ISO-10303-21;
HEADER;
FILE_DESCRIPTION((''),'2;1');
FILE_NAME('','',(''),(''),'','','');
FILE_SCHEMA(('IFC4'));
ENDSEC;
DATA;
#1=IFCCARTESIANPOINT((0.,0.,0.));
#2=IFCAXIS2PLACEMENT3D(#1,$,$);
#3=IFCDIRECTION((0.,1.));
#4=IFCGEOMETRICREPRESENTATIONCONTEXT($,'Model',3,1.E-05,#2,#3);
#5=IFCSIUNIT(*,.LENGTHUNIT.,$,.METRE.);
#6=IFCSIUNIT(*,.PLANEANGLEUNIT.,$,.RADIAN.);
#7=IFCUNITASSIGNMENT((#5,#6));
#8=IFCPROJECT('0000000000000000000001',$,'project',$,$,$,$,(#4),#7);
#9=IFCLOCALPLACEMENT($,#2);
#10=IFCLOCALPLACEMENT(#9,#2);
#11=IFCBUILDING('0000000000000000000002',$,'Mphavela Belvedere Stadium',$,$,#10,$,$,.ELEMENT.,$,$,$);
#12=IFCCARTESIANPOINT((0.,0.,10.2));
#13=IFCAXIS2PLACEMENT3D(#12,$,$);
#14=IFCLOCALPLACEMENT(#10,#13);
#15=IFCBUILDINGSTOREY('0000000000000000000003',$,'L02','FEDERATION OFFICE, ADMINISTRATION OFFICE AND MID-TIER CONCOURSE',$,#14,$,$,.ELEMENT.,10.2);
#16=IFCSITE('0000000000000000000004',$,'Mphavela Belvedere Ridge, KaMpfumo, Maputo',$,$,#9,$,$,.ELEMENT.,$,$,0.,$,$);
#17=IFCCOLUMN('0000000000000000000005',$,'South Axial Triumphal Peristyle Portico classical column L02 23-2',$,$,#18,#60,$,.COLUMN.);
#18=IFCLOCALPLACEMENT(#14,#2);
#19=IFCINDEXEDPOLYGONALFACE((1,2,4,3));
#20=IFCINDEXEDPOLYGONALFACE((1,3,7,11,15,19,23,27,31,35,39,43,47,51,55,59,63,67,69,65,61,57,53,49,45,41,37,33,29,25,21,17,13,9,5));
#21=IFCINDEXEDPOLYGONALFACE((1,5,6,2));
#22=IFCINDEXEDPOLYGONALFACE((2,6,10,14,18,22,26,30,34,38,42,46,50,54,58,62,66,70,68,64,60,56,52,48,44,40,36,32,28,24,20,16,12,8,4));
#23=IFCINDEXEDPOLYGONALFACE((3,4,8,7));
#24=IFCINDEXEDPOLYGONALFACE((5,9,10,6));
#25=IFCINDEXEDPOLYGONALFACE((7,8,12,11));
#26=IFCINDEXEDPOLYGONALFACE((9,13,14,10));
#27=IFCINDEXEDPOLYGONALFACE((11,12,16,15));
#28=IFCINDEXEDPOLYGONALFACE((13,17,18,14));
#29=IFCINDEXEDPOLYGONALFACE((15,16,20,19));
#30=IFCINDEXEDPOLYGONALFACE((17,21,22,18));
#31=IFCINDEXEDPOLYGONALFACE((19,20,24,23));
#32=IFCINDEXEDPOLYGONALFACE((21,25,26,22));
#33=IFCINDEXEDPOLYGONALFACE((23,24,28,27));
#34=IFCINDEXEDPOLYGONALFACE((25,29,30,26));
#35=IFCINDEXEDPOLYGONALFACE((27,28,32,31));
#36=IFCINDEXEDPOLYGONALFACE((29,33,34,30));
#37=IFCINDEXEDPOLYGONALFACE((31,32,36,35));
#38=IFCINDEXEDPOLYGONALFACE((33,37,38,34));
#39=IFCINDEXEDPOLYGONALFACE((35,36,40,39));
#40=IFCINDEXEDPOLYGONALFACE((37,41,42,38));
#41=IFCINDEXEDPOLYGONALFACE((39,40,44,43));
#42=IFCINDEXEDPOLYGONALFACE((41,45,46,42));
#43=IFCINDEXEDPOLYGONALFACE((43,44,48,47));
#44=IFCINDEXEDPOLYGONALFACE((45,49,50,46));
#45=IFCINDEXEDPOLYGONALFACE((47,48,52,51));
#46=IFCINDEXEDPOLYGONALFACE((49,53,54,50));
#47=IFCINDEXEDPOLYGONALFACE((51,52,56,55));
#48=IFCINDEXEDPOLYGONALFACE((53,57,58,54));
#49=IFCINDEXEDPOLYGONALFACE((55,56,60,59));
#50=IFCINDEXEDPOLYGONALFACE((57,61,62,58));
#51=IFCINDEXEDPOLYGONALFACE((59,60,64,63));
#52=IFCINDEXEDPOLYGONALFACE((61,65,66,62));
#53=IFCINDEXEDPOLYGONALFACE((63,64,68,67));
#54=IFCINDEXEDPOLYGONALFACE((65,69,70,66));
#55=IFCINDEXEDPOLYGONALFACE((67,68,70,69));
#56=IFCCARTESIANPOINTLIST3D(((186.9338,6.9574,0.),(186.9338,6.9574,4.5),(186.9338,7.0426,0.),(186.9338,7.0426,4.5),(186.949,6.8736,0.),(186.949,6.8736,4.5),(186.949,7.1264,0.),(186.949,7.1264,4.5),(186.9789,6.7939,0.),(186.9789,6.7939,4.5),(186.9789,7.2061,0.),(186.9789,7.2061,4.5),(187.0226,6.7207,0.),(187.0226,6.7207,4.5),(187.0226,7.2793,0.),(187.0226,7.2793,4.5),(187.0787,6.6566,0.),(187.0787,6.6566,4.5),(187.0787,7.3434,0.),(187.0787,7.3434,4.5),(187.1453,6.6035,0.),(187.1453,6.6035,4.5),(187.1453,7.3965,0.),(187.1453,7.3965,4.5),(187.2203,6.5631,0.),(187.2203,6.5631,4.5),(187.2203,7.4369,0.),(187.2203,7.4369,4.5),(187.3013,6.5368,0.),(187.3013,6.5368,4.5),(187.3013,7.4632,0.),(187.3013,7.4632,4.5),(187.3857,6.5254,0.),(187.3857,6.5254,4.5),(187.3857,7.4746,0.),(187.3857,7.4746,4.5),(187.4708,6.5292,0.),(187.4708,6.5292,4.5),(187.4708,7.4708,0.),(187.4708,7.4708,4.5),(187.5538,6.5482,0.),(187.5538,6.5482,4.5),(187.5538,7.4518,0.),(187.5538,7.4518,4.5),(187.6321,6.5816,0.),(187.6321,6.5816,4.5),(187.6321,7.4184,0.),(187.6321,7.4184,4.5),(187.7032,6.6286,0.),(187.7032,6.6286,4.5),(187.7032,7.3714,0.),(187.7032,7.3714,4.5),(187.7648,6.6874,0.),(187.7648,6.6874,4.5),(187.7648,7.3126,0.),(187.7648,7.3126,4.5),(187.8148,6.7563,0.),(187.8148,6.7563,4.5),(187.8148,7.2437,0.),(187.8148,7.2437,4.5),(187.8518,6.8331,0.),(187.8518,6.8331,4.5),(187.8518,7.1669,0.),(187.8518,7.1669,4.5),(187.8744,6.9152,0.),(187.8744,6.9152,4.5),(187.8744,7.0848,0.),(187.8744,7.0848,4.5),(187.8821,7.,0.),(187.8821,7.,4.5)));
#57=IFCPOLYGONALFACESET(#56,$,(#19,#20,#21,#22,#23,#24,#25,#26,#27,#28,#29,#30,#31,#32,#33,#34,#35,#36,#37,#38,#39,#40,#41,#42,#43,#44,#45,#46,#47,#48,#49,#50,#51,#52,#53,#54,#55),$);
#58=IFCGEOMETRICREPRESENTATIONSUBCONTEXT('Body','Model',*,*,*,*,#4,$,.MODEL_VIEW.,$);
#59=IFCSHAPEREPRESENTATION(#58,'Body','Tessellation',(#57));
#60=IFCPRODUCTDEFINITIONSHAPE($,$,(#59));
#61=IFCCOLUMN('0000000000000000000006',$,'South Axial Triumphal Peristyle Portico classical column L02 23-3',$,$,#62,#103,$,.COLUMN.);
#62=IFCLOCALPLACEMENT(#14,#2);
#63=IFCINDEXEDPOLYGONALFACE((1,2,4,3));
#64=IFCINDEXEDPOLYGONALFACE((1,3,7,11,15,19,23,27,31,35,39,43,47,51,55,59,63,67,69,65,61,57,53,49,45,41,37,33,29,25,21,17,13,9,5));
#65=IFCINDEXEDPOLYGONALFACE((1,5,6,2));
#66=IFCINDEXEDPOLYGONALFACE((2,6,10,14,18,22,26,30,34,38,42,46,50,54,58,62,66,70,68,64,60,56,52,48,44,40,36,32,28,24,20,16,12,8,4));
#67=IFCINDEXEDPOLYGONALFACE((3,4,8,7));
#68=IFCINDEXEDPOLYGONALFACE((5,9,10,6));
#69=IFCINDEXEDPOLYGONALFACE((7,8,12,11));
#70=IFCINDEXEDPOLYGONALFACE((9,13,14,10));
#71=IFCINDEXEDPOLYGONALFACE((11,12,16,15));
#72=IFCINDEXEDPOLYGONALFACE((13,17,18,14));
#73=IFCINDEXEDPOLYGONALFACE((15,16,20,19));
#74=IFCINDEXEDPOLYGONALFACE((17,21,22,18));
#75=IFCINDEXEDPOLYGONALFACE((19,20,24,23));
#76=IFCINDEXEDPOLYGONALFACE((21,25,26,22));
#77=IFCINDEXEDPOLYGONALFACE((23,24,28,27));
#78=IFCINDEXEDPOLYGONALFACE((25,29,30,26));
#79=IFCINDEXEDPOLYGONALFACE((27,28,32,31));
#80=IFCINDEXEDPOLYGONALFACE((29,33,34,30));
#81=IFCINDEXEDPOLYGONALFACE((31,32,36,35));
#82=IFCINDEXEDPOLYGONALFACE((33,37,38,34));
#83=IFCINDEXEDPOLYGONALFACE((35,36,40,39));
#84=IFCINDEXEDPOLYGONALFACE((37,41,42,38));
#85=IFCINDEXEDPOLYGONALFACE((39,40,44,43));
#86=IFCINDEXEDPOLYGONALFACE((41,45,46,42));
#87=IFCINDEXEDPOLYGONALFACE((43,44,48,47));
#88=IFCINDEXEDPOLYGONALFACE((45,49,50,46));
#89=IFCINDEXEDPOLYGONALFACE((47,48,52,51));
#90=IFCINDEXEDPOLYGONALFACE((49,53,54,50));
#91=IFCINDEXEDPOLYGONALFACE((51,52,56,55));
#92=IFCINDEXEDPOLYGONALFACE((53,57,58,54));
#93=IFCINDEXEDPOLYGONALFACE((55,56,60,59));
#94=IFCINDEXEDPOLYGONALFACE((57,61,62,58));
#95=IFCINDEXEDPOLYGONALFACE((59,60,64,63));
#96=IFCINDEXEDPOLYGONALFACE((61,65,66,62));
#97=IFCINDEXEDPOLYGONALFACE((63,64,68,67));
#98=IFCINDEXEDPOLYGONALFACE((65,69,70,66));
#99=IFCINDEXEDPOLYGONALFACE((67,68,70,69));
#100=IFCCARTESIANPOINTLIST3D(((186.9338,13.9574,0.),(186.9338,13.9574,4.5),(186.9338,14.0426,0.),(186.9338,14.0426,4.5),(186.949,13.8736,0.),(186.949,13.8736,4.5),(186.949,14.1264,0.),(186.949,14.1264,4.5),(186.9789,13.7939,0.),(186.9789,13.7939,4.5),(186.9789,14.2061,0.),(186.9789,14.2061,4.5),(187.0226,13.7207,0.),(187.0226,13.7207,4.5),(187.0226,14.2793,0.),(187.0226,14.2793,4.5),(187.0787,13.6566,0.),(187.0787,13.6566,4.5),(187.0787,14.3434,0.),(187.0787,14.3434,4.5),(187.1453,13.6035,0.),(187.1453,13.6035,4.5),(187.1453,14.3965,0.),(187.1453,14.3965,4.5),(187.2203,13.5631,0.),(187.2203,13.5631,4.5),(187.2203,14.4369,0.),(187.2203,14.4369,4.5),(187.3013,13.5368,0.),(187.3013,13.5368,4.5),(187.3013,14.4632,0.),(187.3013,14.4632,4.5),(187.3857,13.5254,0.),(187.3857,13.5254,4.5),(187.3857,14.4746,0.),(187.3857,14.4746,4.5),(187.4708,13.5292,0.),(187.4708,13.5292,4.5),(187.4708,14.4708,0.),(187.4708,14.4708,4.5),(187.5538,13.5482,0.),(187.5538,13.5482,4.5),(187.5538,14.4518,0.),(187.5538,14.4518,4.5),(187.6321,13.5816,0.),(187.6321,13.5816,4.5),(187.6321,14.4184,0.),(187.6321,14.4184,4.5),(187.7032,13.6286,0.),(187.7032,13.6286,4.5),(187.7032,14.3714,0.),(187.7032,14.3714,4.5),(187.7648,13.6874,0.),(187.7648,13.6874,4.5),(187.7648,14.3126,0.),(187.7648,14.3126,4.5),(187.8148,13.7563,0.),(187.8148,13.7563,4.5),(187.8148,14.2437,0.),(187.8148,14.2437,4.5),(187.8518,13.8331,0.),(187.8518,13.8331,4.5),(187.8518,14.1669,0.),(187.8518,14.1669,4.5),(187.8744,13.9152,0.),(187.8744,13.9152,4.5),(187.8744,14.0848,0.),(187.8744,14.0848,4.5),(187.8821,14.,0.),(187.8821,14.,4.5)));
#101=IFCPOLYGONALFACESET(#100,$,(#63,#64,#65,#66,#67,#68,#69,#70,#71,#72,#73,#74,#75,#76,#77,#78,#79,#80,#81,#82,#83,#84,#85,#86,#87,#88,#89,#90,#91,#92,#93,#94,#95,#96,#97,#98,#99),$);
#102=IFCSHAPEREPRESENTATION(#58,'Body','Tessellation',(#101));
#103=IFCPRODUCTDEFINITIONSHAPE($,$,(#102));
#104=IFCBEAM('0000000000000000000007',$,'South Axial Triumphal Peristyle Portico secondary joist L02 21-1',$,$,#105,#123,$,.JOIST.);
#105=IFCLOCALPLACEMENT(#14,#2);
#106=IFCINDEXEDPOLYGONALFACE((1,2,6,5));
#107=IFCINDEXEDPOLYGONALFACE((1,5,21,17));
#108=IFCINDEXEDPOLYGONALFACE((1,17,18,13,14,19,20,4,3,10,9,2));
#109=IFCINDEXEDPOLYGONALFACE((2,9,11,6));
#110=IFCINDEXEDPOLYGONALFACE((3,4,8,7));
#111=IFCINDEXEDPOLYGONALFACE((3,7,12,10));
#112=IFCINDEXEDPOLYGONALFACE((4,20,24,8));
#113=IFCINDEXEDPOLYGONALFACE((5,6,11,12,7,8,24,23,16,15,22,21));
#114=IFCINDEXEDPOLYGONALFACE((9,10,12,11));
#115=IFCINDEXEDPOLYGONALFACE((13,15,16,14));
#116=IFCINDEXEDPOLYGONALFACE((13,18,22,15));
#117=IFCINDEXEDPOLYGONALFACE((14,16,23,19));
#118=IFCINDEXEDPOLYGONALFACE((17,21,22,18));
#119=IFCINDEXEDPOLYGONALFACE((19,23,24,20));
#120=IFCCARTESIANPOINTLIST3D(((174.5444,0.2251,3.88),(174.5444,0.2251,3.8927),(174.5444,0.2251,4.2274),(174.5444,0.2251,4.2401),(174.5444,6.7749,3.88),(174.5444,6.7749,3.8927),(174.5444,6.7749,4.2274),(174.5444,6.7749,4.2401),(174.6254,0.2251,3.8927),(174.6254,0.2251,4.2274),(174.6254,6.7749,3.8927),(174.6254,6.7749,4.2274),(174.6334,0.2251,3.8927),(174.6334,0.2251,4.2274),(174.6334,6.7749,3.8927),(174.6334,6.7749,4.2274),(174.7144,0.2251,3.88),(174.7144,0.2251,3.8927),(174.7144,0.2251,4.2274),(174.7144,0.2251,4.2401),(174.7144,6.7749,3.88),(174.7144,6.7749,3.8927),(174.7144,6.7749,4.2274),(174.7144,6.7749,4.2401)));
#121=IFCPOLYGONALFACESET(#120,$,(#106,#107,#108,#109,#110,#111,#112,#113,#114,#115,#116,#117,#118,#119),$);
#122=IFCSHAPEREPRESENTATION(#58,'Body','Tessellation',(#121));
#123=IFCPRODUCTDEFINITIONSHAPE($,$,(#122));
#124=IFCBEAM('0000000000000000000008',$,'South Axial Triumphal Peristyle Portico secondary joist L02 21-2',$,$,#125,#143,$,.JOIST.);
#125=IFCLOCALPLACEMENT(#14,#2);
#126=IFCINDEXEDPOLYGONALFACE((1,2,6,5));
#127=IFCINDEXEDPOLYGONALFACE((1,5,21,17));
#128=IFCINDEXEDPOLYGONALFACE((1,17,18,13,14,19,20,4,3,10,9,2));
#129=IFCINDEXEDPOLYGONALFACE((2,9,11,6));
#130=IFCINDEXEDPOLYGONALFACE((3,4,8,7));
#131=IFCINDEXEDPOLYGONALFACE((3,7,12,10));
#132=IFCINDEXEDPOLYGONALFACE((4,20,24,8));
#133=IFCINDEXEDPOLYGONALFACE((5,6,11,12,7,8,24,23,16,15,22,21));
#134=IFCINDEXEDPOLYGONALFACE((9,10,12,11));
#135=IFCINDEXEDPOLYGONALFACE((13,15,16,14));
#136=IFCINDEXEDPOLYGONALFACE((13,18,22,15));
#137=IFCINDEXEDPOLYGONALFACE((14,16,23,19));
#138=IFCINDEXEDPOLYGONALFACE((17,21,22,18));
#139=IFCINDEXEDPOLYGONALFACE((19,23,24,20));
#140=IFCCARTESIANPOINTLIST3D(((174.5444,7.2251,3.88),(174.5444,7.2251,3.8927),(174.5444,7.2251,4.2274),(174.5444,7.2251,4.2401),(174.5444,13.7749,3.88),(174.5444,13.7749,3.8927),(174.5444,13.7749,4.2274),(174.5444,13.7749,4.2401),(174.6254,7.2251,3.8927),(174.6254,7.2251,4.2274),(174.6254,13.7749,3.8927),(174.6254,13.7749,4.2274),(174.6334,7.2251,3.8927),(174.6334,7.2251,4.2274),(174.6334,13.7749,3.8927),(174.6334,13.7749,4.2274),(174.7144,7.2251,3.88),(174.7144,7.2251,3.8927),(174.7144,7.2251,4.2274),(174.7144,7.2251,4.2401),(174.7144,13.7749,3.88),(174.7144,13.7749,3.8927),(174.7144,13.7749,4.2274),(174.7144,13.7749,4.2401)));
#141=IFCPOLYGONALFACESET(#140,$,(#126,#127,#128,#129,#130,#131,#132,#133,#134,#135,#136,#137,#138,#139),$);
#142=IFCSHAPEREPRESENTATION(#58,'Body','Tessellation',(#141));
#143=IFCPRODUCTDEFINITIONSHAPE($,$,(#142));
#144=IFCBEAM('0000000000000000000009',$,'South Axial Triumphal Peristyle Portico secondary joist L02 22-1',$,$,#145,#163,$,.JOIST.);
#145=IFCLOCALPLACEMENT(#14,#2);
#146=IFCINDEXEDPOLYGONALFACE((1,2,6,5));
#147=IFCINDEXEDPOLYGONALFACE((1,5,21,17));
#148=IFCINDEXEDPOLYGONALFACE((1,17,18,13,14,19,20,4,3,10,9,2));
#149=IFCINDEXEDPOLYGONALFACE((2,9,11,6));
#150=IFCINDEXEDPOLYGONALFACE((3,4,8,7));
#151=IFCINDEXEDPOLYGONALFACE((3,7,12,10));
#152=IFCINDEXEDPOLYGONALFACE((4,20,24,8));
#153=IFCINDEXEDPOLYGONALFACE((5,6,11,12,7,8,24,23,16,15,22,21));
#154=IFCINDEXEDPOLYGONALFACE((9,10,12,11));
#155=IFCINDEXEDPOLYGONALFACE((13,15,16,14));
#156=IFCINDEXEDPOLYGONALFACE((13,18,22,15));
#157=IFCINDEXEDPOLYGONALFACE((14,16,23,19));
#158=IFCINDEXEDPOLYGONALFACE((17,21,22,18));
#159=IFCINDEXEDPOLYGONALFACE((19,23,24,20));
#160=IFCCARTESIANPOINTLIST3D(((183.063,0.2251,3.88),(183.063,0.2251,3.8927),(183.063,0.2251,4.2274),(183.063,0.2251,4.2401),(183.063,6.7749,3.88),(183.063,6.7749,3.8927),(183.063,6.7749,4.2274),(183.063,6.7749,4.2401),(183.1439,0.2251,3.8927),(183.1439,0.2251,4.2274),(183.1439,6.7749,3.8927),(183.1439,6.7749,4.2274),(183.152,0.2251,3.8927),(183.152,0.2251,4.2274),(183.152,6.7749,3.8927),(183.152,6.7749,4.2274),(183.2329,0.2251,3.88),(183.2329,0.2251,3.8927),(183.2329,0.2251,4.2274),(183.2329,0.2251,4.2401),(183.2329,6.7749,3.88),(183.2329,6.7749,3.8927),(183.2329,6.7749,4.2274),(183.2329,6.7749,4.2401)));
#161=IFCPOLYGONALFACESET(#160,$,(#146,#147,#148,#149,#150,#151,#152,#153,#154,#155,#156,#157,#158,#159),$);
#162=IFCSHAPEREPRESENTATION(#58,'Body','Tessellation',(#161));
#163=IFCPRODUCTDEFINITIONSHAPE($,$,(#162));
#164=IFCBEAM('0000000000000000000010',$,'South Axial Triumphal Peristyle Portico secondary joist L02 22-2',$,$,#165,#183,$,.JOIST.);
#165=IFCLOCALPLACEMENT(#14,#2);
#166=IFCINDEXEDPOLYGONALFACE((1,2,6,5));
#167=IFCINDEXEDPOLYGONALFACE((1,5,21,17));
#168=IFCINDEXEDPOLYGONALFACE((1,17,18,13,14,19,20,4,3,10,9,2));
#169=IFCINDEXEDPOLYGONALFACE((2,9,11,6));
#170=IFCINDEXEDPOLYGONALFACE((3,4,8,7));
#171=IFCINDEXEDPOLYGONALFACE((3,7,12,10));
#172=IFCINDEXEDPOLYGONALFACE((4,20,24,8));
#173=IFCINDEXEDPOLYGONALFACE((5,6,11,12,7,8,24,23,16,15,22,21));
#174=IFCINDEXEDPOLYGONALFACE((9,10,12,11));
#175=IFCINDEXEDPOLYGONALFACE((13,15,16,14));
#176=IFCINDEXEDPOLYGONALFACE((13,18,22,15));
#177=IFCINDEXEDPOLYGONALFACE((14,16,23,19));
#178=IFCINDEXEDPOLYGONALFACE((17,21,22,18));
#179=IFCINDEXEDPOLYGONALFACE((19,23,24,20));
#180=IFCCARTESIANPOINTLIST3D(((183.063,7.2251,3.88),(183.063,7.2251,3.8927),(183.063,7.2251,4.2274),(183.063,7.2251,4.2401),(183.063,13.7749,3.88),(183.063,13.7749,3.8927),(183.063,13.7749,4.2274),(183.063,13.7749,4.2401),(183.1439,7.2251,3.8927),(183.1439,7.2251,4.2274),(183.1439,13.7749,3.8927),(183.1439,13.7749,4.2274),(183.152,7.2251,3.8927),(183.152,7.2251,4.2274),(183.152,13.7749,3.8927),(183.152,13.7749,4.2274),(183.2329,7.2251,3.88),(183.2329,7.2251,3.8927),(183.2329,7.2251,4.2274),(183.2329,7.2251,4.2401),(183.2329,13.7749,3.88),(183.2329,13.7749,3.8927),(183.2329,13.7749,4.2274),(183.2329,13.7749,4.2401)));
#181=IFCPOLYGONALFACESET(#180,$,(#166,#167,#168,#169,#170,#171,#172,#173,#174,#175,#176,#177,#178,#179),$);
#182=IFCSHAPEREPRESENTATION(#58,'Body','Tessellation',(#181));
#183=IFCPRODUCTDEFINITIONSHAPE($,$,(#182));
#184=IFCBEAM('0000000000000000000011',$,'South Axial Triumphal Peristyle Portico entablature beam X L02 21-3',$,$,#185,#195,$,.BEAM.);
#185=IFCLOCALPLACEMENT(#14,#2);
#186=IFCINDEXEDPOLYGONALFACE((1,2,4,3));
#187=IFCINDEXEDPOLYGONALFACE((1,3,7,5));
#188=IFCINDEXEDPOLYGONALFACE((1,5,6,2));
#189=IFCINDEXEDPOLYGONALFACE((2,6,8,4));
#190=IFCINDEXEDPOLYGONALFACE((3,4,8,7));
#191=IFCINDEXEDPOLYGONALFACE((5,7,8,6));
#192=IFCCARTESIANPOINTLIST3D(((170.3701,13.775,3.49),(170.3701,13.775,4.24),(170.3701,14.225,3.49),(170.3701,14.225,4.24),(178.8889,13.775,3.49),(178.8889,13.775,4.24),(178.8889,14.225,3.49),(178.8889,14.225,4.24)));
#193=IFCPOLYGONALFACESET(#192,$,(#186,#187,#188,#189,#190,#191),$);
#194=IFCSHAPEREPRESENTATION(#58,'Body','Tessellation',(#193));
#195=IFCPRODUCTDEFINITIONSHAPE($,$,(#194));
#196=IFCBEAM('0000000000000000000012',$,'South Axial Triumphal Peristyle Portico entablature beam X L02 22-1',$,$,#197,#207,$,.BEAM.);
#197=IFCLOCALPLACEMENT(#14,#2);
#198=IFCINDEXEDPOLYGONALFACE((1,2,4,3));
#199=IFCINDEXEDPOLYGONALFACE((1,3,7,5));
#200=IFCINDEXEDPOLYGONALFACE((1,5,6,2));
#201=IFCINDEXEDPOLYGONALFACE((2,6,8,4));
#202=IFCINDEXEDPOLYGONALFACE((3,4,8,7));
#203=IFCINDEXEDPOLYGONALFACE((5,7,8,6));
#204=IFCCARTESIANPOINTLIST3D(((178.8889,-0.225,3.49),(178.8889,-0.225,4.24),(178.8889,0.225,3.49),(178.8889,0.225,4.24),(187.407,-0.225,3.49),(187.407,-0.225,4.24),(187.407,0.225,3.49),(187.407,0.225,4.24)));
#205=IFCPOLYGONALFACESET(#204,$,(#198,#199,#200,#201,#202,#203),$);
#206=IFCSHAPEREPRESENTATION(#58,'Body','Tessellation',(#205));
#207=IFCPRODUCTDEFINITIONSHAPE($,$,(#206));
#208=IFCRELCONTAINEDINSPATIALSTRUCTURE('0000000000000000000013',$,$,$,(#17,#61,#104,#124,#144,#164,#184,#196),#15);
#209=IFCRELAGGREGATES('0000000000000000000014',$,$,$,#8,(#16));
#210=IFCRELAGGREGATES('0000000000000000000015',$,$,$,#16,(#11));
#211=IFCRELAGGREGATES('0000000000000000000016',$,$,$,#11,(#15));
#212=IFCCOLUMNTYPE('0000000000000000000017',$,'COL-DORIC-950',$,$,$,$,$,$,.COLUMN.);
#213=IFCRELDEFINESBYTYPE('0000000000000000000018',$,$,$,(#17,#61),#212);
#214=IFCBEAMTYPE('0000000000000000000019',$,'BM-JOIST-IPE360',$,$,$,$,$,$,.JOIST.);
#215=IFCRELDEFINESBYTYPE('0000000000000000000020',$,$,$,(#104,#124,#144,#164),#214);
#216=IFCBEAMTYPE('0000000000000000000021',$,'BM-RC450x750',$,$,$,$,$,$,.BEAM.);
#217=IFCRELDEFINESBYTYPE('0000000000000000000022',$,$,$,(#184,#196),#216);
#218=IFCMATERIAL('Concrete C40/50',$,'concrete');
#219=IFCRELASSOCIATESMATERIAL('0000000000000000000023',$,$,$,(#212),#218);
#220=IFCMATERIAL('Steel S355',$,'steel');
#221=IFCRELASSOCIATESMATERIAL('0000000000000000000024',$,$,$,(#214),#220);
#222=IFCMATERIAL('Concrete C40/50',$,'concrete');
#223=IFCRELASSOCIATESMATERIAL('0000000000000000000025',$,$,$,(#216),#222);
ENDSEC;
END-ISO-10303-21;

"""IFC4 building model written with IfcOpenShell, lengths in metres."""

from ifc_helpers import new_model, si_unit, direction, frame, origin, origin_2d, place, context, subcontext, project, spatial, rectangle, circle, i_section, extrude, material, material_profile, profile_set, type_object, element, save


model = new_model("IFC4")

# Units and contexts
model_context = context("Model", 3, precision=1e-05, world=origin(), true_north=direction((0.0, 1.0)))
body_context = subcontext(model_context, "Body", "Model", "MODEL_VIEW")
ifc_project = project(units=[si_unit("LENGTHUNIT", "METRE"), si_unit("PLANEANGLEUNIT", "RADIAN")], contexts=[model_context])

# Site, building, storey
site_placement = place(None, origin())
site = spatial("IfcSite", under=ifc_project, at=site_placement, Name="Mphavela Belvedere Ridge, KaMpfumo, Maputo", CompositionType="ELEMENT", RefElevation=0.0)
building_placement = place(site_placement, origin())
building = spatial("IfcBuilding", under=site, at=building_placement, Name="Mphavela Belvedere Stadium", CompositionType="ELEMENT")
storey_placement = place(building_placement, frame((0.0, 0.0, 10.2)))
storey = spatial("IfcBuildingStorey", under=building, at=storey_placement, Name="L02", Description="FEDERATION OFFICE, ADMINISTRATION OFFICE AND MID-TIER CONCOURSE", CompositionType="ELEMENT", Elevation=10.2)

# Columns
ifc_material_1 = material(Name="Concrete C40/50", Category="concrete")
ifc_material_profile_1 = material_profile(ifc_material_1, circle(Radius=0.4751, at=origin_2d()), Name="COL D950")
ifc_profile_set_1 = profile_set([ifc_material_profile_1], Name="Concrete C40/50")
column_type = type_object("IfcColumnType", Name="COL-DORIC-950", PredefinedType="COLUMN", material=ifc_profile_set_1)
for number, where, z_axis, x_axis, name in (
    (1, (187.407, 7.0, 0.0), (0.0, 0.0, 1.0), (1.0, 0.0, 0.0), "South Axial Triumphal Peristyle Portico classical column L02 23-2"),
    (2, (187.407, 14.0, 0.0), (0.0, 0.0, 1.0), (1.0, 0.0, 0.0), "South Axial Triumphal Peristyle Portico classical column L02 23-3"),
):
    element("IfcColumn", number, at=place(storey_placement, frame(where, z_axis=z_axis, x_axis=x_axis)), inside=storey, type_object=column_type, Name=name, PredefinedType="COLUMN", context=body_context, shape_type="SweptSolid", body=[
        extrude(circle(Radius=0.4751, at=origin_2d()), origin(), (0.0, 0.0, 1.0), 4.5),
    ])

# Beams
ifc_material_2 = material(Name="Steel S355", Category="steel")
ifc_material_profile_2 = material_profile(ifc_material_2, i_section(OverallWidth=0.1699, OverallDepth=0.3601, WebThickness=0.0081, FlangeThickness=0.0127, at=origin_2d()), Name="IPE 360")
ifc_profile_set_2 = profile_set([ifc_material_profile_2], Name="Steel S355")
beam_type_1 = type_object("IfcBeamType", Name="BM-JOIST-IPE360", PredefinedType="JOIST", material=ifc_profile_set_2)
for number, where, z_axis, x_axis, name in (
    (3, (174.6294, 0.2251, 4.0601), (0.0, 1.0, 0.0), (-1.0, 0.0, 0.0), "South Axial Triumphal Peristyle Portico secondary joist L02 21-1"),
    (4, (174.6294, 7.2251, 4.0601), (0.0, 1.0, 0.0), (-1.0, 0.0, 0.0), "South Axial Triumphal Peristyle Portico secondary joist L02 21-2"),
    (5, (183.1479, 0.2251, 4.0601), (0.0, 1.0, 0.0), (-1.0, 0.0, 0.0), "South Axial Triumphal Peristyle Portico secondary joist L02 22-1"),
    (6, (183.1479, 7.2251, 4.0601), (0.0, 1.0, 0.0), (-1.0, 0.0, 0.0), "South Axial Triumphal Peristyle Portico secondary joist L02 22-2"),
):
    element("IfcBeam", number, at=place(storey_placement, frame(where, z_axis=z_axis, x_axis=x_axis)), inside=storey, type_object=beam_type_1, Name=name, PredefinedType="JOIST", context=body_context, shape_type="SweptSolid", body=[
        extrude(i_section(OverallWidth=0.1699, OverallDepth=0.3601, WebThickness=0.0081, FlangeThickness=0.0127, at=origin_2d()), origin(), (0.0, 0.0, 1.0), 6.5498),
    ])
ifc_material_3 = material(Name="Concrete C40/50", Category="concrete")
ifc_material_profile_3 = material_profile(ifc_material_3, rectangle(XDim=0.45, YDim=0.75, at=origin_2d()), Name="RC 450x750")
ifc_profile_set_3 = profile_set([ifc_material_profile_3], Name="Concrete C40/50")
beam_type_2 = type_object("IfcBeamType", Name="BM-RC450x750", PredefinedType="BEAM", material=ifc_profile_set_3)
beam_1_placement = place(storey_placement, frame((170.3701, 14.0, 3.865), z_axis=(1.0, 0.0, 0.0), x_axis=(0.0, 1.0, 0.0)))
element("IfcBeam", 7, at=beam_1_placement, inside=storey, type_object=beam_type_2, Name="South Axial Triumphal Peristyle Portico entablature beam X L02 21-3", PredefinedType="BEAM", context=body_context, shape_type="SweptSolid", body=[
    extrude(rectangle(XDim=0.45, YDim=0.75, at=origin_2d()), origin(), (0.0, 0.0, 1.0), 8.5188),
])
beam_2_placement = place(storey_placement, frame((178.8889, 0.0, 3.865), z_axis=(1.0, 0.0, 0.0), x_axis=(0.0, 1.0, 0.0)))
element("IfcBeam", 8, at=beam_2_placement, inside=storey, type_object=beam_type_2, Name="South Axial Triumphal Peristyle Portico entablature beam X L02 22-1", PredefinedType="BEAM", context=body_context, shape_type="SweptSolid", body=[
    extrude(rectangle(XDim=0.45, YDim=0.75, at=origin_2d()), origin(), (0.0, 0.0, 1.0), 8.5181),
])

save(model, "model.ifc")
